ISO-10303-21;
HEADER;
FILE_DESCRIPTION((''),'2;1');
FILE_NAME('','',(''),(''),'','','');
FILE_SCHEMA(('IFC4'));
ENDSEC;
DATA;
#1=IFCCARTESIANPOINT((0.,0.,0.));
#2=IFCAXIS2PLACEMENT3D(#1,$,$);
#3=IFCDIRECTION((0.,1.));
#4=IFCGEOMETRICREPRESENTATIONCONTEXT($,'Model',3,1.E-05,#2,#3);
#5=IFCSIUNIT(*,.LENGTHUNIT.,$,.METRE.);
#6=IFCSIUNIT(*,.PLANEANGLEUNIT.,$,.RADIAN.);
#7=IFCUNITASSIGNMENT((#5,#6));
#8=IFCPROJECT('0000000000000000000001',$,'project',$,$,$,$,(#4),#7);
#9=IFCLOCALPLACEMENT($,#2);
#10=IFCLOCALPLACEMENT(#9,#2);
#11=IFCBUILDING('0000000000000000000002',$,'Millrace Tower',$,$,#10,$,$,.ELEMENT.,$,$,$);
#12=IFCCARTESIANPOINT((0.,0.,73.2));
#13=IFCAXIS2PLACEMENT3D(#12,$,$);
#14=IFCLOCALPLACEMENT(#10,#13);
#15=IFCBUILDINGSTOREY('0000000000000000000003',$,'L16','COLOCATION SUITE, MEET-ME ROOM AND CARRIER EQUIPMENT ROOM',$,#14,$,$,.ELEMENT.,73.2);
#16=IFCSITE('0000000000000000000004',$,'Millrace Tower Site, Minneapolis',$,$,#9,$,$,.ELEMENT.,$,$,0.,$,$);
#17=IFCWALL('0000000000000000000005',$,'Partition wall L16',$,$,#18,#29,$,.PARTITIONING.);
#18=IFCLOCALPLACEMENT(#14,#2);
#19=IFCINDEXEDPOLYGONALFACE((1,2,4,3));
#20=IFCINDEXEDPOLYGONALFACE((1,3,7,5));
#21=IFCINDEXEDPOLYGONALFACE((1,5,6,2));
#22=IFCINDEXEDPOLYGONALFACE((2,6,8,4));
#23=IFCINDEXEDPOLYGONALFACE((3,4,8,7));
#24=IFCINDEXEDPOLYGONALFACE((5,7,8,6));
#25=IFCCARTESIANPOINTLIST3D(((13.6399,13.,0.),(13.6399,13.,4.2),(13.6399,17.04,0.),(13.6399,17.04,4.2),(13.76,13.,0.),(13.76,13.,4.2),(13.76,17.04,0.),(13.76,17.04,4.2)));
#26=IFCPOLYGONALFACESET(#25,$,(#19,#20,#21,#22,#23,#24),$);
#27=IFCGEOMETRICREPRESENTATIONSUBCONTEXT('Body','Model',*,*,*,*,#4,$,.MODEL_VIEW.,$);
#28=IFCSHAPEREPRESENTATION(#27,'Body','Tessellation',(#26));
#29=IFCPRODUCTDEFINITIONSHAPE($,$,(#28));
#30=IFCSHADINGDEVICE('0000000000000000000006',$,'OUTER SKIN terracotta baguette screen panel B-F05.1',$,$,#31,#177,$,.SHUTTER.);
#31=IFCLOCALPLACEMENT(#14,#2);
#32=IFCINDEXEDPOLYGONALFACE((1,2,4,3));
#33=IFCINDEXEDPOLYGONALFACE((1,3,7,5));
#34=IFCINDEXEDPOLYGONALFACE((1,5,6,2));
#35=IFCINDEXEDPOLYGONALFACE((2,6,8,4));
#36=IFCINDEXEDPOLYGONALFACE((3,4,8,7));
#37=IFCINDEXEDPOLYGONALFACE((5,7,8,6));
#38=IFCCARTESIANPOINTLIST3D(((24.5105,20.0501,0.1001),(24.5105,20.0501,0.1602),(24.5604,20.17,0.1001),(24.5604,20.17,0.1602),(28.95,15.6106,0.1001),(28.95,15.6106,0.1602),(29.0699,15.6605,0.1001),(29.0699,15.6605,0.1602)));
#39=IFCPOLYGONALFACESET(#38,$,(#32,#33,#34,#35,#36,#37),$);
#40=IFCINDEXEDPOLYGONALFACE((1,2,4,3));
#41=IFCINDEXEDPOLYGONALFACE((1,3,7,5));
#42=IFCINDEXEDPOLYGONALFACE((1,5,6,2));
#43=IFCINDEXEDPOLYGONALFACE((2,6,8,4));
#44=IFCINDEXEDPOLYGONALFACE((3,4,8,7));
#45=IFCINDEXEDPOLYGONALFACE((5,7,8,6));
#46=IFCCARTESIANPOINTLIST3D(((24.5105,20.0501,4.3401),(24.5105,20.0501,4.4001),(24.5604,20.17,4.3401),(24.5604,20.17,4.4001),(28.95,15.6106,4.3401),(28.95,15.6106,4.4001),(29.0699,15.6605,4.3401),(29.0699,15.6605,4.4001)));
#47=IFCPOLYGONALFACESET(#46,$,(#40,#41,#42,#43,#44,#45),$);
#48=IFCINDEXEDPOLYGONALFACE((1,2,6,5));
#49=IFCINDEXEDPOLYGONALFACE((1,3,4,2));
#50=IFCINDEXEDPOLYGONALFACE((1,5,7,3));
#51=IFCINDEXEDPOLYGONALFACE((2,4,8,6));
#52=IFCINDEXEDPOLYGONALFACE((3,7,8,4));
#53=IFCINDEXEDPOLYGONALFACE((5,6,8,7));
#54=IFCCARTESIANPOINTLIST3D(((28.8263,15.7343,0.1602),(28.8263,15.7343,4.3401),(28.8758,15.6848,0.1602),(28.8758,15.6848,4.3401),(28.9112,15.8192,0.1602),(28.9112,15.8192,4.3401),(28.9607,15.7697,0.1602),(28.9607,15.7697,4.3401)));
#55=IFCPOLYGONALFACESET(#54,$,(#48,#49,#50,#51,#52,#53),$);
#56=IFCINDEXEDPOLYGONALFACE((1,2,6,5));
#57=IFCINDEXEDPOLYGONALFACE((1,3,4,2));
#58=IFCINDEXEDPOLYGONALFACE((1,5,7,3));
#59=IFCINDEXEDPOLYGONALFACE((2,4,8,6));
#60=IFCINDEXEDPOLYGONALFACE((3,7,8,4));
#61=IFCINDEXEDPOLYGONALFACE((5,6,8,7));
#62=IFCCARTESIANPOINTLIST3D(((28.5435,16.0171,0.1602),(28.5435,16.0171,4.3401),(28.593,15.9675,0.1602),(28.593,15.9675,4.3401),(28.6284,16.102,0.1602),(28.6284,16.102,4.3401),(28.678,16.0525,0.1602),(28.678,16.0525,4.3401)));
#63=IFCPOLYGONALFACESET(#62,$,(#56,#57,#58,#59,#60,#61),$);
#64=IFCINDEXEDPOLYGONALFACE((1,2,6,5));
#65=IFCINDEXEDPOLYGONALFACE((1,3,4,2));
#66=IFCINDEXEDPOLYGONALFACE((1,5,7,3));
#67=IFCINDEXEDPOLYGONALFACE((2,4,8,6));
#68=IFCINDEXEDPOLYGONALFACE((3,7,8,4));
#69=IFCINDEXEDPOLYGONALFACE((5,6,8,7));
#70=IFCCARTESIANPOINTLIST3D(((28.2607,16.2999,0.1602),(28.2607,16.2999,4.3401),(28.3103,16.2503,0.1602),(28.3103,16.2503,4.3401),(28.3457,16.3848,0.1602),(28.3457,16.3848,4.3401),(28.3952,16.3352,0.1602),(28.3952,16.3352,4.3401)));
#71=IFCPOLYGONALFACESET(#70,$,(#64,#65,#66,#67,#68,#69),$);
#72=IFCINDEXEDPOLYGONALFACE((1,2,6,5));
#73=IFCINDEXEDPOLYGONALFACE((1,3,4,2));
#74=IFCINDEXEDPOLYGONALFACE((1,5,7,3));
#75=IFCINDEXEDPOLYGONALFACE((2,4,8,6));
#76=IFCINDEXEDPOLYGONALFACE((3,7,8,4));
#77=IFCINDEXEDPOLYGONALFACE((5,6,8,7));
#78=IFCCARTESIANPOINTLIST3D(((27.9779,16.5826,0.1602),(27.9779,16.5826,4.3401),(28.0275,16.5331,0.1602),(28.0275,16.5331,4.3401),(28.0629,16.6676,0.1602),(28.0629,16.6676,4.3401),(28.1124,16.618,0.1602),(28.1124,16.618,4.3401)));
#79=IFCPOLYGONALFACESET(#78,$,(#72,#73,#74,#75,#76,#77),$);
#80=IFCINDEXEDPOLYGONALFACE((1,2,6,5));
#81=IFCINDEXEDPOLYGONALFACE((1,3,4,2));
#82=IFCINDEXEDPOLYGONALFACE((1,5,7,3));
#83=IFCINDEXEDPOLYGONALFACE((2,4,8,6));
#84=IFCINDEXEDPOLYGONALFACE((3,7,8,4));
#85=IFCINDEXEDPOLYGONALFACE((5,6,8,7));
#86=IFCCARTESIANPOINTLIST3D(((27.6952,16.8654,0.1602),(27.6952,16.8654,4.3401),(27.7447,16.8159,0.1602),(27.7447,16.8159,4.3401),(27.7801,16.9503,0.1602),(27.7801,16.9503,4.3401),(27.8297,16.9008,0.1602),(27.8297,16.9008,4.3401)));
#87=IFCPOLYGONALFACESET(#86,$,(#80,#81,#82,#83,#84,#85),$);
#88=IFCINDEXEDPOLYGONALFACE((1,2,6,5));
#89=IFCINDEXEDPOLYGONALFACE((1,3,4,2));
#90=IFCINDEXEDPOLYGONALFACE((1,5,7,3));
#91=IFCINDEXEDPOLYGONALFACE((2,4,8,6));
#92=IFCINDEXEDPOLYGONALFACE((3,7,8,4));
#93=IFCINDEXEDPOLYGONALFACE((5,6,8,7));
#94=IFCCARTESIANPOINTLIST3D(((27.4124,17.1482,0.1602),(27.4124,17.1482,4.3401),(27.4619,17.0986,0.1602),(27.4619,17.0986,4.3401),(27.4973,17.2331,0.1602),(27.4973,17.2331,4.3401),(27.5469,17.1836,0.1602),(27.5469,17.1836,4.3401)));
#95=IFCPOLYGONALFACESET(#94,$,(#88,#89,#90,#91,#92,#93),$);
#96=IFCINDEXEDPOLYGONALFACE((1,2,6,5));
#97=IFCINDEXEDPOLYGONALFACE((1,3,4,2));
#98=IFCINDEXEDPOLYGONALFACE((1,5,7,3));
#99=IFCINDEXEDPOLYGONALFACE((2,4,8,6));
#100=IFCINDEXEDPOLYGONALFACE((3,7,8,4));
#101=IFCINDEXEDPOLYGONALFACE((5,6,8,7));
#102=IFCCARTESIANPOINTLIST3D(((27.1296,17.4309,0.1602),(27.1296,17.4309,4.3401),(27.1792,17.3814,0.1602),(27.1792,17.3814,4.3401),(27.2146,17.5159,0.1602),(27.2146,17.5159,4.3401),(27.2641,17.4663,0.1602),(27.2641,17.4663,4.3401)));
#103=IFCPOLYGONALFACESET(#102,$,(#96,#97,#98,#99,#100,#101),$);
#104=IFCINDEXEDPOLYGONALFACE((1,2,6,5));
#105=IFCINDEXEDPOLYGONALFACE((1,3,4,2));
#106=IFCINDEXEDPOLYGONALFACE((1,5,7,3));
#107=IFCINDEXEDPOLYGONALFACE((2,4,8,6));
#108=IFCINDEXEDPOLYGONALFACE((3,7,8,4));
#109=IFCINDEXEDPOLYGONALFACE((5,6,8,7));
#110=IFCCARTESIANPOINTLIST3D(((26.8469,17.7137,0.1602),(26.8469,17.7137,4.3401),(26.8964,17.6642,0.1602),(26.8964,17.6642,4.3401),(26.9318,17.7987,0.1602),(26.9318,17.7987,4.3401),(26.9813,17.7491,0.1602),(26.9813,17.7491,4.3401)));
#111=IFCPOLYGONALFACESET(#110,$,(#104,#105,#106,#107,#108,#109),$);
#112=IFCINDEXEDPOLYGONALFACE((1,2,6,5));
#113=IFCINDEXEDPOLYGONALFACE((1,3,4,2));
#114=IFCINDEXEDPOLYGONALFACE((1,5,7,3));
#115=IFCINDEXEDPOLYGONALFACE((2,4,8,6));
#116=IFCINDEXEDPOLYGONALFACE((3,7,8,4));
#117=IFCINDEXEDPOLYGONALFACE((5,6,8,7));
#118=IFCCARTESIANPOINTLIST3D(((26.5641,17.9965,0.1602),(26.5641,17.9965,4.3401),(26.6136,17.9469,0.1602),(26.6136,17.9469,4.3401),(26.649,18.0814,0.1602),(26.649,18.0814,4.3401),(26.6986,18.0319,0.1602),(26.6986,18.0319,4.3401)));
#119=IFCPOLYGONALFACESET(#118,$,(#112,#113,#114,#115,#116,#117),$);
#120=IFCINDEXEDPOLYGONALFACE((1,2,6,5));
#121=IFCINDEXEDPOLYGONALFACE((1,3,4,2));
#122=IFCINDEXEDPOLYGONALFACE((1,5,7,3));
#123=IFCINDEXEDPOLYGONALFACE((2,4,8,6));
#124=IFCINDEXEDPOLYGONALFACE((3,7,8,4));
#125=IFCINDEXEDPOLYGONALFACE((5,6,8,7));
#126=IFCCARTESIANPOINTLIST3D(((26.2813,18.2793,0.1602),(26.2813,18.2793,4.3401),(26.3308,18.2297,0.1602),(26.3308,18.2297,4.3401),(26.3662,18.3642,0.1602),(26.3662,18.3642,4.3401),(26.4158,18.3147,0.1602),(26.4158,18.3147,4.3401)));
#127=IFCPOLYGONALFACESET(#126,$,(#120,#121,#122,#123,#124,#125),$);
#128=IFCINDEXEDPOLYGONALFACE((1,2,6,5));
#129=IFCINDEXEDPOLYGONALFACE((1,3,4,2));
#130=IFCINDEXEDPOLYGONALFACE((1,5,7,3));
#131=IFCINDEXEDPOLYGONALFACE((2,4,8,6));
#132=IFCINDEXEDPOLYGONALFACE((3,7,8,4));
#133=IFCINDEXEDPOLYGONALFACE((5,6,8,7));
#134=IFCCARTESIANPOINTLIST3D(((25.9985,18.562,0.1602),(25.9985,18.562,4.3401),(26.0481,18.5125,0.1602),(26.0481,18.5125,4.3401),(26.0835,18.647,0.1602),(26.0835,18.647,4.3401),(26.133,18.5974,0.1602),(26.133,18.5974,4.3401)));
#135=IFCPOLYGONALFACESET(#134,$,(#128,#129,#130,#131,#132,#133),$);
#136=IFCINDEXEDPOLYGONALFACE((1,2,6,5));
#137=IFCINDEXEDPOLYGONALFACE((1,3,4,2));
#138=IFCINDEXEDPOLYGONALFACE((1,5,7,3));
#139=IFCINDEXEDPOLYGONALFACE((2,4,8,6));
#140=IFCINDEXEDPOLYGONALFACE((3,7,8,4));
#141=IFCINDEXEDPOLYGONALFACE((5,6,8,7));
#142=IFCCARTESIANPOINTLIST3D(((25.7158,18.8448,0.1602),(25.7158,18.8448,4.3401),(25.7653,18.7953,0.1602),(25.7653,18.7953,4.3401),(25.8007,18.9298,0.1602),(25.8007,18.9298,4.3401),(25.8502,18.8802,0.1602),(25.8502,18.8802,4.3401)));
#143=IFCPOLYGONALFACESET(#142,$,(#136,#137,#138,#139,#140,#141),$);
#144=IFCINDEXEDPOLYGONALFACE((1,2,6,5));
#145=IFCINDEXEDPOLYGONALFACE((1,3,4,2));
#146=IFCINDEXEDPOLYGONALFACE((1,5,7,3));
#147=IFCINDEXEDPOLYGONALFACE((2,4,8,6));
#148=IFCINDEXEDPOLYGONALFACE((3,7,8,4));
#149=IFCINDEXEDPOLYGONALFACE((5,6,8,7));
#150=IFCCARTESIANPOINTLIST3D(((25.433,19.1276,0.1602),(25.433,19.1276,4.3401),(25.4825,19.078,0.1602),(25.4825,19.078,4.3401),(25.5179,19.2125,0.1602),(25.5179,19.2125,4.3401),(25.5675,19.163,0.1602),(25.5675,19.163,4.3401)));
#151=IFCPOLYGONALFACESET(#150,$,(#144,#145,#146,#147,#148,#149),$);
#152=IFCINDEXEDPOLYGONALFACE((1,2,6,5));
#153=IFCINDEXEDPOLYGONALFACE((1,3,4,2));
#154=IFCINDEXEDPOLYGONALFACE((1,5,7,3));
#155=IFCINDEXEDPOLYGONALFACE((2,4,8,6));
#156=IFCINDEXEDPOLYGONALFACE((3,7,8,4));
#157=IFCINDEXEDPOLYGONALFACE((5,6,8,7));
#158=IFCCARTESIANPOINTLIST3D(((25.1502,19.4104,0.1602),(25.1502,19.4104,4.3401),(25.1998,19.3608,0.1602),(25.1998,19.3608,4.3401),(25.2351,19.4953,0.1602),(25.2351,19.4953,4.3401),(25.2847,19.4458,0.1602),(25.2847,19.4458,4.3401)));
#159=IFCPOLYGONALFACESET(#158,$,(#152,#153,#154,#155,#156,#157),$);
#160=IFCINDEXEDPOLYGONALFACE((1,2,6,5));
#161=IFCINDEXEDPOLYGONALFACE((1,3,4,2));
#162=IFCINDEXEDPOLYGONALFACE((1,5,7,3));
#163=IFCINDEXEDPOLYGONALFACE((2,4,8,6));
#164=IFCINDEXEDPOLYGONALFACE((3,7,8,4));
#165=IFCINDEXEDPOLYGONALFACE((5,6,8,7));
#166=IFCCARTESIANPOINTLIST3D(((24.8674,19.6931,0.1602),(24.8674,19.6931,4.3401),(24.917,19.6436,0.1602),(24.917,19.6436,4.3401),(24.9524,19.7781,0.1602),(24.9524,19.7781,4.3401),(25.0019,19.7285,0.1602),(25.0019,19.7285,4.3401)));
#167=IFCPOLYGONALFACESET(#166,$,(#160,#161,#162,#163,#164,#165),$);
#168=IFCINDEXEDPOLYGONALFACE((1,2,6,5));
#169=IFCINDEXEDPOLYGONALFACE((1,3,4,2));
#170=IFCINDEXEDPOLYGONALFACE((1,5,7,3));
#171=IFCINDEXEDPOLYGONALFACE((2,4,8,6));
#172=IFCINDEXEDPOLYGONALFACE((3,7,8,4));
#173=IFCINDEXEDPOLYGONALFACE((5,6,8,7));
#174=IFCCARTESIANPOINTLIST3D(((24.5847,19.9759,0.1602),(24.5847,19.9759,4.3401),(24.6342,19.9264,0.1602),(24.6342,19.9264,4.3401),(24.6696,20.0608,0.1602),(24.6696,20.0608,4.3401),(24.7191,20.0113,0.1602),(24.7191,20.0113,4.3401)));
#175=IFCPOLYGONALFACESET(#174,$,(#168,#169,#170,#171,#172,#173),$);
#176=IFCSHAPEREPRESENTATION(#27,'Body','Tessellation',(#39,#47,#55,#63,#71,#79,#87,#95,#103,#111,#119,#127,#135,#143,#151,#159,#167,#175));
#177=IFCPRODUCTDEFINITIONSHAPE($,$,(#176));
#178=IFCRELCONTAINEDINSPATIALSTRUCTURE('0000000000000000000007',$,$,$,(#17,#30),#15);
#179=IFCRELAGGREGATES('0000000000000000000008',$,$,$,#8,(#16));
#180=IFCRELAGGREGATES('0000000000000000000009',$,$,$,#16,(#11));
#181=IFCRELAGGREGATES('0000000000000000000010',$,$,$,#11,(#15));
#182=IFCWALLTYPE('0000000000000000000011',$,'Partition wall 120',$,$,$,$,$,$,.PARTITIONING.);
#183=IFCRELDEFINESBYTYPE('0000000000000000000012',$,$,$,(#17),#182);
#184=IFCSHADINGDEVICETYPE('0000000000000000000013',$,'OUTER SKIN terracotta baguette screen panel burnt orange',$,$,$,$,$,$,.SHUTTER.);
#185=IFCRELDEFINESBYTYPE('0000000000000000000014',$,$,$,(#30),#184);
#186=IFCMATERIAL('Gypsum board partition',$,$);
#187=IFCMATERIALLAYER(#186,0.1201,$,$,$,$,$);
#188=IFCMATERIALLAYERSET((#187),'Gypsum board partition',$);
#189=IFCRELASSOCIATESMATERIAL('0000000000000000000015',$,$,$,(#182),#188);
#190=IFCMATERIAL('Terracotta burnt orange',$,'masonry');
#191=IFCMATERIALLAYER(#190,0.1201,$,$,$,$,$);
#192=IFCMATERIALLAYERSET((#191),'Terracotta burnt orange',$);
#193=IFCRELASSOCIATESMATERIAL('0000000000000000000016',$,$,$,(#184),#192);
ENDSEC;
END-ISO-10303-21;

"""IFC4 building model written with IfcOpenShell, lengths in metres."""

from ifc_helpers import new_model, entity, si_unit, direction, frame, frame_2d, origin, place, context, subcontext, project, spatial, rectangle, extrude, source, transform, mapped, material, layer, layer_set, type_object, element, save


model = new_model("IFC4")

# Units and contexts
model_context = context("Model", 3, precision=1e-05, world=origin(), true_north=direction((0.0, 1.0)))
body_context = subcontext(model_context, "Body", "Model", "MODEL_VIEW")
ifc_project = project(units=[si_unit("LENGTHUNIT", "METRE"), si_unit("PLANEANGLEUNIT", "RADIAN")], contexts=[model_context])

# Site, building, storey
site_placement = place(None, origin())
site = spatial("IfcSite", under=ifc_project, at=site_placement, Name="Millrace Tower Site, Minneapolis", CompositionType="ELEMENT", RefElevation=0.0)
building_placement = place(site_placement, origin())
building = spatial("IfcBuilding", under=site, at=building_placement, Name="Millrace Tower", CompositionType="ELEMENT")
storey_placement = place(building_placement, frame((0.0, 0.0, 73.2)))
storey = spatial("IfcBuildingStorey", under=building, at=storey_placement, Name="L16", Description="COLOCATION SUITE, MEET-ME ROOM AND CARRIER EQUIPMENT ROOM", CompositionType="ELEMENT", Elevation=73.2)

# Wall
ifc_material_1 = material(Name="Gypsum board partition")
ifc_layer_1 = layer(ifc_material_1, 0.1201)
ifc_layer_set_1 = layer_set([ifc_layer_1], Name="Gypsum board partition")
wall_type = type_object("IfcWallType", Name="Partition wall 120", PredefinedType="PARTITIONING", material=ifc_layer_set_1)
wall_placement = place(storey_placement, frame((13.7, 13.0, 0.0), z_axis=(0.0, 0.0, 1.0), x_axis=(0.0, 1.0, 0.0)))
element("IfcWall", 1, at=wall_placement, inside=storey, type_object=wall_type, Name="Partition wall L16", PredefinedType="PARTITIONING", context=body_context, shape_type="SweptSolid", body=[
    extrude(rectangle(XDim=4.04, YDim=0.1201, at=frame_2d((2.02, 0.0))), origin(), (0.0, 0.0, 1.0), 4.2),
])

# Shading device
ifc_material_2 = material(Name="Terracotta burnt orange", Category="masonry")
ifc_layer_2 = layer(ifc_material_2, 0.1201)
ifc_layer_set_2 = layer_set([ifc_layer_2], Name="Terracotta burnt orange")
shading_device_type = type_object("IfcShadingDeviceType", Name="OUTER SKIN terracotta baguette screen panel burnt orange", PredefinedType="SHUTTER", material=ifc_layer_set_2)
cartesian_point_1 = entity("IfcCartesianPoint", [-3.1392, 0.0601])
shared_polyline_1 = entity("IfcPolyline", [cartesian_point_1, entity("IfcCartesianPoint", [3.1392, 0.0601]), entity("IfcCartesianPoint", [3.1887, -0.0601]), entity("IfcCartesianPoint", [-3.1887, -0.0601]), cartesian_point_1])
shared_shape_1 = source(origin(), body_context, "Body", "SweptSolid", [
    entity("IfcExtrudedAreaSolid", entity("IfcArbitraryClosedProfileDef", "AREA", None, shared_polyline_1), entity("IfcAxis2Placement3D", entity("IfcCartesianPoint", [0.0, 0.0, 0.0])), entity("IfcDirection", [0.0, 0.0, 1.0]), 0.0601),
    entity("IfcExtrudedAreaSolid", entity("IfcArbitraryClosedProfileDef", "AREA", None, shared_polyline_1), entity("IfcAxis2Placement3D", entity("IfcCartesianPoint", [0.0, 0.0, 4.24])), entity("IfcDirection", [0.0, 0.0, 1.0]), 0.0601),
    extrude(rectangle(XDim=0.0701, YDim=0.1201, at=frame_2d((-2.9993, 0.0))), frame((0.0, 0.0, 0.0601)), (0.0, 0.0, 1.0), 4.1799),
    extrude(rectangle(XDim=0.0701, YDim=0.1201, at=frame_2d((-2.5994, 0.0))), frame((0.0, 0.0, 0.0601)), (0.0, 0.0, 1.0), 4.1799),
    extrude(rectangle(XDim=0.0701, YDim=0.1201, at=frame_2d((-2.1995, 0.0))), frame((0.0, 0.0, 0.0601)), (0.0, 0.0, 1.0), 4.1799),
    extrude(rectangle(XDim=0.0701, YDim=0.1201, at=frame_2d((-1.7996, 0.0))), frame((0.0, 0.0, 0.0601)), (0.0, 0.0, 1.0), 4.1799),
    extrude(rectangle(XDim=0.0701, YDim=0.1201, at=frame_2d((-1.3997, 0.0))), frame((0.0, 0.0, 0.0601)), (0.0, 0.0, 1.0), 4.1799),
    extrude(rectangle(XDim=0.0701, YDim=0.1201, at=frame_2d((-0.9998, 0.0))), frame((0.0, 0.0, 0.0601)), (0.0, 0.0, 1.0), 4.1799),
    extrude(rectangle(XDim=0.0701, YDim=0.1201, at=frame_2d((-0.5999, 0.0))), frame((0.0, 0.0, 0.0601)), (0.0, 0.0, 1.0), 4.1799),
    extrude(rectangle(XDim=0.0701, YDim=0.1201, at=frame_2d((-0.2, 0.0))), frame((0.0, 0.0, 0.0601)), (0.0, 0.0, 1.0), 4.1799),
    extrude(rectangle(XDim=0.0701, YDim=0.1201, at=frame_2d((0.2, 0.0))), frame((0.0, 0.0, 0.0601)), (0.0, 0.0, 1.0), 4.1799),
    extrude(rectangle(XDim=0.0701, YDim=0.1201, at=frame_2d((0.5999, 0.0))), frame((0.0, 0.0, 0.0601)), (0.0, 0.0, 1.0), 4.1799),
    extrude(rectangle(XDim=0.0701, YDim=0.1201, at=frame_2d((0.9998, 0.0))), frame((0.0, 0.0, 0.0601)), (0.0, 0.0, 1.0), 4.1799),
    extrude(rectangle(XDim=0.0701, YDim=0.1201, at=frame_2d((1.3997, 0.0))), frame((0.0, 0.0, 0.0601)), (0.0, 0.0, 1.0), 4.1799),
    extrude(rectangle(XDim=0.0701, YDim=0.1201, at=frame_2d((1.7996, 0.0))), frame((0.0, 0.0, 0.0601)), (0.0, 0.0, 1.0), 4.1799),
    extrude(rectangle(XDim=0.0701, YDim=0.1201, at=frame_2d((2.1995, 0.0))), frame((0.0, 0.0, 0.0601)), (0.0, 0.0, 1.0), 4.1799),
    extrude(rectangle(XDim=0.0701, YDim=0.1201, at=frame_2d((2.5994, 0.0))), frame((0.0, 0.0, 0.0601)), (0.0, 0.0, 1.0), 4.1799),
    extrude(rectangle(XDim=0.0701, YDim=0.1201, at=frame_2d((2.9993, 0.0))), frame((0.0, 0.0, 0.0601)), (0.0, 0.0, 1.0), 4.1799),
])
shading_device_1_placement = place(storey_placement, frame((26.7727, 17.8728, 0.1001), z_axis=(0.0, 0.0, 1.0), x_axis=(-0.707107, 0.707107, 0.0)))
element("IfcShadingDevice", 2, at=shading_device_1_placement, inside=storey, type_object=shading_device_type, Name="OUTER SKIN terracotta baguette screen panel B-F05.1", PredefinedType="SHUTTER", context=body_context, shape_type="MappedRepresentation", body=[
    mapped(shared_shape_1, transform((0.0, 0.0, 0.0), scale=1.0)),
])

save(model, "model.ifc")
